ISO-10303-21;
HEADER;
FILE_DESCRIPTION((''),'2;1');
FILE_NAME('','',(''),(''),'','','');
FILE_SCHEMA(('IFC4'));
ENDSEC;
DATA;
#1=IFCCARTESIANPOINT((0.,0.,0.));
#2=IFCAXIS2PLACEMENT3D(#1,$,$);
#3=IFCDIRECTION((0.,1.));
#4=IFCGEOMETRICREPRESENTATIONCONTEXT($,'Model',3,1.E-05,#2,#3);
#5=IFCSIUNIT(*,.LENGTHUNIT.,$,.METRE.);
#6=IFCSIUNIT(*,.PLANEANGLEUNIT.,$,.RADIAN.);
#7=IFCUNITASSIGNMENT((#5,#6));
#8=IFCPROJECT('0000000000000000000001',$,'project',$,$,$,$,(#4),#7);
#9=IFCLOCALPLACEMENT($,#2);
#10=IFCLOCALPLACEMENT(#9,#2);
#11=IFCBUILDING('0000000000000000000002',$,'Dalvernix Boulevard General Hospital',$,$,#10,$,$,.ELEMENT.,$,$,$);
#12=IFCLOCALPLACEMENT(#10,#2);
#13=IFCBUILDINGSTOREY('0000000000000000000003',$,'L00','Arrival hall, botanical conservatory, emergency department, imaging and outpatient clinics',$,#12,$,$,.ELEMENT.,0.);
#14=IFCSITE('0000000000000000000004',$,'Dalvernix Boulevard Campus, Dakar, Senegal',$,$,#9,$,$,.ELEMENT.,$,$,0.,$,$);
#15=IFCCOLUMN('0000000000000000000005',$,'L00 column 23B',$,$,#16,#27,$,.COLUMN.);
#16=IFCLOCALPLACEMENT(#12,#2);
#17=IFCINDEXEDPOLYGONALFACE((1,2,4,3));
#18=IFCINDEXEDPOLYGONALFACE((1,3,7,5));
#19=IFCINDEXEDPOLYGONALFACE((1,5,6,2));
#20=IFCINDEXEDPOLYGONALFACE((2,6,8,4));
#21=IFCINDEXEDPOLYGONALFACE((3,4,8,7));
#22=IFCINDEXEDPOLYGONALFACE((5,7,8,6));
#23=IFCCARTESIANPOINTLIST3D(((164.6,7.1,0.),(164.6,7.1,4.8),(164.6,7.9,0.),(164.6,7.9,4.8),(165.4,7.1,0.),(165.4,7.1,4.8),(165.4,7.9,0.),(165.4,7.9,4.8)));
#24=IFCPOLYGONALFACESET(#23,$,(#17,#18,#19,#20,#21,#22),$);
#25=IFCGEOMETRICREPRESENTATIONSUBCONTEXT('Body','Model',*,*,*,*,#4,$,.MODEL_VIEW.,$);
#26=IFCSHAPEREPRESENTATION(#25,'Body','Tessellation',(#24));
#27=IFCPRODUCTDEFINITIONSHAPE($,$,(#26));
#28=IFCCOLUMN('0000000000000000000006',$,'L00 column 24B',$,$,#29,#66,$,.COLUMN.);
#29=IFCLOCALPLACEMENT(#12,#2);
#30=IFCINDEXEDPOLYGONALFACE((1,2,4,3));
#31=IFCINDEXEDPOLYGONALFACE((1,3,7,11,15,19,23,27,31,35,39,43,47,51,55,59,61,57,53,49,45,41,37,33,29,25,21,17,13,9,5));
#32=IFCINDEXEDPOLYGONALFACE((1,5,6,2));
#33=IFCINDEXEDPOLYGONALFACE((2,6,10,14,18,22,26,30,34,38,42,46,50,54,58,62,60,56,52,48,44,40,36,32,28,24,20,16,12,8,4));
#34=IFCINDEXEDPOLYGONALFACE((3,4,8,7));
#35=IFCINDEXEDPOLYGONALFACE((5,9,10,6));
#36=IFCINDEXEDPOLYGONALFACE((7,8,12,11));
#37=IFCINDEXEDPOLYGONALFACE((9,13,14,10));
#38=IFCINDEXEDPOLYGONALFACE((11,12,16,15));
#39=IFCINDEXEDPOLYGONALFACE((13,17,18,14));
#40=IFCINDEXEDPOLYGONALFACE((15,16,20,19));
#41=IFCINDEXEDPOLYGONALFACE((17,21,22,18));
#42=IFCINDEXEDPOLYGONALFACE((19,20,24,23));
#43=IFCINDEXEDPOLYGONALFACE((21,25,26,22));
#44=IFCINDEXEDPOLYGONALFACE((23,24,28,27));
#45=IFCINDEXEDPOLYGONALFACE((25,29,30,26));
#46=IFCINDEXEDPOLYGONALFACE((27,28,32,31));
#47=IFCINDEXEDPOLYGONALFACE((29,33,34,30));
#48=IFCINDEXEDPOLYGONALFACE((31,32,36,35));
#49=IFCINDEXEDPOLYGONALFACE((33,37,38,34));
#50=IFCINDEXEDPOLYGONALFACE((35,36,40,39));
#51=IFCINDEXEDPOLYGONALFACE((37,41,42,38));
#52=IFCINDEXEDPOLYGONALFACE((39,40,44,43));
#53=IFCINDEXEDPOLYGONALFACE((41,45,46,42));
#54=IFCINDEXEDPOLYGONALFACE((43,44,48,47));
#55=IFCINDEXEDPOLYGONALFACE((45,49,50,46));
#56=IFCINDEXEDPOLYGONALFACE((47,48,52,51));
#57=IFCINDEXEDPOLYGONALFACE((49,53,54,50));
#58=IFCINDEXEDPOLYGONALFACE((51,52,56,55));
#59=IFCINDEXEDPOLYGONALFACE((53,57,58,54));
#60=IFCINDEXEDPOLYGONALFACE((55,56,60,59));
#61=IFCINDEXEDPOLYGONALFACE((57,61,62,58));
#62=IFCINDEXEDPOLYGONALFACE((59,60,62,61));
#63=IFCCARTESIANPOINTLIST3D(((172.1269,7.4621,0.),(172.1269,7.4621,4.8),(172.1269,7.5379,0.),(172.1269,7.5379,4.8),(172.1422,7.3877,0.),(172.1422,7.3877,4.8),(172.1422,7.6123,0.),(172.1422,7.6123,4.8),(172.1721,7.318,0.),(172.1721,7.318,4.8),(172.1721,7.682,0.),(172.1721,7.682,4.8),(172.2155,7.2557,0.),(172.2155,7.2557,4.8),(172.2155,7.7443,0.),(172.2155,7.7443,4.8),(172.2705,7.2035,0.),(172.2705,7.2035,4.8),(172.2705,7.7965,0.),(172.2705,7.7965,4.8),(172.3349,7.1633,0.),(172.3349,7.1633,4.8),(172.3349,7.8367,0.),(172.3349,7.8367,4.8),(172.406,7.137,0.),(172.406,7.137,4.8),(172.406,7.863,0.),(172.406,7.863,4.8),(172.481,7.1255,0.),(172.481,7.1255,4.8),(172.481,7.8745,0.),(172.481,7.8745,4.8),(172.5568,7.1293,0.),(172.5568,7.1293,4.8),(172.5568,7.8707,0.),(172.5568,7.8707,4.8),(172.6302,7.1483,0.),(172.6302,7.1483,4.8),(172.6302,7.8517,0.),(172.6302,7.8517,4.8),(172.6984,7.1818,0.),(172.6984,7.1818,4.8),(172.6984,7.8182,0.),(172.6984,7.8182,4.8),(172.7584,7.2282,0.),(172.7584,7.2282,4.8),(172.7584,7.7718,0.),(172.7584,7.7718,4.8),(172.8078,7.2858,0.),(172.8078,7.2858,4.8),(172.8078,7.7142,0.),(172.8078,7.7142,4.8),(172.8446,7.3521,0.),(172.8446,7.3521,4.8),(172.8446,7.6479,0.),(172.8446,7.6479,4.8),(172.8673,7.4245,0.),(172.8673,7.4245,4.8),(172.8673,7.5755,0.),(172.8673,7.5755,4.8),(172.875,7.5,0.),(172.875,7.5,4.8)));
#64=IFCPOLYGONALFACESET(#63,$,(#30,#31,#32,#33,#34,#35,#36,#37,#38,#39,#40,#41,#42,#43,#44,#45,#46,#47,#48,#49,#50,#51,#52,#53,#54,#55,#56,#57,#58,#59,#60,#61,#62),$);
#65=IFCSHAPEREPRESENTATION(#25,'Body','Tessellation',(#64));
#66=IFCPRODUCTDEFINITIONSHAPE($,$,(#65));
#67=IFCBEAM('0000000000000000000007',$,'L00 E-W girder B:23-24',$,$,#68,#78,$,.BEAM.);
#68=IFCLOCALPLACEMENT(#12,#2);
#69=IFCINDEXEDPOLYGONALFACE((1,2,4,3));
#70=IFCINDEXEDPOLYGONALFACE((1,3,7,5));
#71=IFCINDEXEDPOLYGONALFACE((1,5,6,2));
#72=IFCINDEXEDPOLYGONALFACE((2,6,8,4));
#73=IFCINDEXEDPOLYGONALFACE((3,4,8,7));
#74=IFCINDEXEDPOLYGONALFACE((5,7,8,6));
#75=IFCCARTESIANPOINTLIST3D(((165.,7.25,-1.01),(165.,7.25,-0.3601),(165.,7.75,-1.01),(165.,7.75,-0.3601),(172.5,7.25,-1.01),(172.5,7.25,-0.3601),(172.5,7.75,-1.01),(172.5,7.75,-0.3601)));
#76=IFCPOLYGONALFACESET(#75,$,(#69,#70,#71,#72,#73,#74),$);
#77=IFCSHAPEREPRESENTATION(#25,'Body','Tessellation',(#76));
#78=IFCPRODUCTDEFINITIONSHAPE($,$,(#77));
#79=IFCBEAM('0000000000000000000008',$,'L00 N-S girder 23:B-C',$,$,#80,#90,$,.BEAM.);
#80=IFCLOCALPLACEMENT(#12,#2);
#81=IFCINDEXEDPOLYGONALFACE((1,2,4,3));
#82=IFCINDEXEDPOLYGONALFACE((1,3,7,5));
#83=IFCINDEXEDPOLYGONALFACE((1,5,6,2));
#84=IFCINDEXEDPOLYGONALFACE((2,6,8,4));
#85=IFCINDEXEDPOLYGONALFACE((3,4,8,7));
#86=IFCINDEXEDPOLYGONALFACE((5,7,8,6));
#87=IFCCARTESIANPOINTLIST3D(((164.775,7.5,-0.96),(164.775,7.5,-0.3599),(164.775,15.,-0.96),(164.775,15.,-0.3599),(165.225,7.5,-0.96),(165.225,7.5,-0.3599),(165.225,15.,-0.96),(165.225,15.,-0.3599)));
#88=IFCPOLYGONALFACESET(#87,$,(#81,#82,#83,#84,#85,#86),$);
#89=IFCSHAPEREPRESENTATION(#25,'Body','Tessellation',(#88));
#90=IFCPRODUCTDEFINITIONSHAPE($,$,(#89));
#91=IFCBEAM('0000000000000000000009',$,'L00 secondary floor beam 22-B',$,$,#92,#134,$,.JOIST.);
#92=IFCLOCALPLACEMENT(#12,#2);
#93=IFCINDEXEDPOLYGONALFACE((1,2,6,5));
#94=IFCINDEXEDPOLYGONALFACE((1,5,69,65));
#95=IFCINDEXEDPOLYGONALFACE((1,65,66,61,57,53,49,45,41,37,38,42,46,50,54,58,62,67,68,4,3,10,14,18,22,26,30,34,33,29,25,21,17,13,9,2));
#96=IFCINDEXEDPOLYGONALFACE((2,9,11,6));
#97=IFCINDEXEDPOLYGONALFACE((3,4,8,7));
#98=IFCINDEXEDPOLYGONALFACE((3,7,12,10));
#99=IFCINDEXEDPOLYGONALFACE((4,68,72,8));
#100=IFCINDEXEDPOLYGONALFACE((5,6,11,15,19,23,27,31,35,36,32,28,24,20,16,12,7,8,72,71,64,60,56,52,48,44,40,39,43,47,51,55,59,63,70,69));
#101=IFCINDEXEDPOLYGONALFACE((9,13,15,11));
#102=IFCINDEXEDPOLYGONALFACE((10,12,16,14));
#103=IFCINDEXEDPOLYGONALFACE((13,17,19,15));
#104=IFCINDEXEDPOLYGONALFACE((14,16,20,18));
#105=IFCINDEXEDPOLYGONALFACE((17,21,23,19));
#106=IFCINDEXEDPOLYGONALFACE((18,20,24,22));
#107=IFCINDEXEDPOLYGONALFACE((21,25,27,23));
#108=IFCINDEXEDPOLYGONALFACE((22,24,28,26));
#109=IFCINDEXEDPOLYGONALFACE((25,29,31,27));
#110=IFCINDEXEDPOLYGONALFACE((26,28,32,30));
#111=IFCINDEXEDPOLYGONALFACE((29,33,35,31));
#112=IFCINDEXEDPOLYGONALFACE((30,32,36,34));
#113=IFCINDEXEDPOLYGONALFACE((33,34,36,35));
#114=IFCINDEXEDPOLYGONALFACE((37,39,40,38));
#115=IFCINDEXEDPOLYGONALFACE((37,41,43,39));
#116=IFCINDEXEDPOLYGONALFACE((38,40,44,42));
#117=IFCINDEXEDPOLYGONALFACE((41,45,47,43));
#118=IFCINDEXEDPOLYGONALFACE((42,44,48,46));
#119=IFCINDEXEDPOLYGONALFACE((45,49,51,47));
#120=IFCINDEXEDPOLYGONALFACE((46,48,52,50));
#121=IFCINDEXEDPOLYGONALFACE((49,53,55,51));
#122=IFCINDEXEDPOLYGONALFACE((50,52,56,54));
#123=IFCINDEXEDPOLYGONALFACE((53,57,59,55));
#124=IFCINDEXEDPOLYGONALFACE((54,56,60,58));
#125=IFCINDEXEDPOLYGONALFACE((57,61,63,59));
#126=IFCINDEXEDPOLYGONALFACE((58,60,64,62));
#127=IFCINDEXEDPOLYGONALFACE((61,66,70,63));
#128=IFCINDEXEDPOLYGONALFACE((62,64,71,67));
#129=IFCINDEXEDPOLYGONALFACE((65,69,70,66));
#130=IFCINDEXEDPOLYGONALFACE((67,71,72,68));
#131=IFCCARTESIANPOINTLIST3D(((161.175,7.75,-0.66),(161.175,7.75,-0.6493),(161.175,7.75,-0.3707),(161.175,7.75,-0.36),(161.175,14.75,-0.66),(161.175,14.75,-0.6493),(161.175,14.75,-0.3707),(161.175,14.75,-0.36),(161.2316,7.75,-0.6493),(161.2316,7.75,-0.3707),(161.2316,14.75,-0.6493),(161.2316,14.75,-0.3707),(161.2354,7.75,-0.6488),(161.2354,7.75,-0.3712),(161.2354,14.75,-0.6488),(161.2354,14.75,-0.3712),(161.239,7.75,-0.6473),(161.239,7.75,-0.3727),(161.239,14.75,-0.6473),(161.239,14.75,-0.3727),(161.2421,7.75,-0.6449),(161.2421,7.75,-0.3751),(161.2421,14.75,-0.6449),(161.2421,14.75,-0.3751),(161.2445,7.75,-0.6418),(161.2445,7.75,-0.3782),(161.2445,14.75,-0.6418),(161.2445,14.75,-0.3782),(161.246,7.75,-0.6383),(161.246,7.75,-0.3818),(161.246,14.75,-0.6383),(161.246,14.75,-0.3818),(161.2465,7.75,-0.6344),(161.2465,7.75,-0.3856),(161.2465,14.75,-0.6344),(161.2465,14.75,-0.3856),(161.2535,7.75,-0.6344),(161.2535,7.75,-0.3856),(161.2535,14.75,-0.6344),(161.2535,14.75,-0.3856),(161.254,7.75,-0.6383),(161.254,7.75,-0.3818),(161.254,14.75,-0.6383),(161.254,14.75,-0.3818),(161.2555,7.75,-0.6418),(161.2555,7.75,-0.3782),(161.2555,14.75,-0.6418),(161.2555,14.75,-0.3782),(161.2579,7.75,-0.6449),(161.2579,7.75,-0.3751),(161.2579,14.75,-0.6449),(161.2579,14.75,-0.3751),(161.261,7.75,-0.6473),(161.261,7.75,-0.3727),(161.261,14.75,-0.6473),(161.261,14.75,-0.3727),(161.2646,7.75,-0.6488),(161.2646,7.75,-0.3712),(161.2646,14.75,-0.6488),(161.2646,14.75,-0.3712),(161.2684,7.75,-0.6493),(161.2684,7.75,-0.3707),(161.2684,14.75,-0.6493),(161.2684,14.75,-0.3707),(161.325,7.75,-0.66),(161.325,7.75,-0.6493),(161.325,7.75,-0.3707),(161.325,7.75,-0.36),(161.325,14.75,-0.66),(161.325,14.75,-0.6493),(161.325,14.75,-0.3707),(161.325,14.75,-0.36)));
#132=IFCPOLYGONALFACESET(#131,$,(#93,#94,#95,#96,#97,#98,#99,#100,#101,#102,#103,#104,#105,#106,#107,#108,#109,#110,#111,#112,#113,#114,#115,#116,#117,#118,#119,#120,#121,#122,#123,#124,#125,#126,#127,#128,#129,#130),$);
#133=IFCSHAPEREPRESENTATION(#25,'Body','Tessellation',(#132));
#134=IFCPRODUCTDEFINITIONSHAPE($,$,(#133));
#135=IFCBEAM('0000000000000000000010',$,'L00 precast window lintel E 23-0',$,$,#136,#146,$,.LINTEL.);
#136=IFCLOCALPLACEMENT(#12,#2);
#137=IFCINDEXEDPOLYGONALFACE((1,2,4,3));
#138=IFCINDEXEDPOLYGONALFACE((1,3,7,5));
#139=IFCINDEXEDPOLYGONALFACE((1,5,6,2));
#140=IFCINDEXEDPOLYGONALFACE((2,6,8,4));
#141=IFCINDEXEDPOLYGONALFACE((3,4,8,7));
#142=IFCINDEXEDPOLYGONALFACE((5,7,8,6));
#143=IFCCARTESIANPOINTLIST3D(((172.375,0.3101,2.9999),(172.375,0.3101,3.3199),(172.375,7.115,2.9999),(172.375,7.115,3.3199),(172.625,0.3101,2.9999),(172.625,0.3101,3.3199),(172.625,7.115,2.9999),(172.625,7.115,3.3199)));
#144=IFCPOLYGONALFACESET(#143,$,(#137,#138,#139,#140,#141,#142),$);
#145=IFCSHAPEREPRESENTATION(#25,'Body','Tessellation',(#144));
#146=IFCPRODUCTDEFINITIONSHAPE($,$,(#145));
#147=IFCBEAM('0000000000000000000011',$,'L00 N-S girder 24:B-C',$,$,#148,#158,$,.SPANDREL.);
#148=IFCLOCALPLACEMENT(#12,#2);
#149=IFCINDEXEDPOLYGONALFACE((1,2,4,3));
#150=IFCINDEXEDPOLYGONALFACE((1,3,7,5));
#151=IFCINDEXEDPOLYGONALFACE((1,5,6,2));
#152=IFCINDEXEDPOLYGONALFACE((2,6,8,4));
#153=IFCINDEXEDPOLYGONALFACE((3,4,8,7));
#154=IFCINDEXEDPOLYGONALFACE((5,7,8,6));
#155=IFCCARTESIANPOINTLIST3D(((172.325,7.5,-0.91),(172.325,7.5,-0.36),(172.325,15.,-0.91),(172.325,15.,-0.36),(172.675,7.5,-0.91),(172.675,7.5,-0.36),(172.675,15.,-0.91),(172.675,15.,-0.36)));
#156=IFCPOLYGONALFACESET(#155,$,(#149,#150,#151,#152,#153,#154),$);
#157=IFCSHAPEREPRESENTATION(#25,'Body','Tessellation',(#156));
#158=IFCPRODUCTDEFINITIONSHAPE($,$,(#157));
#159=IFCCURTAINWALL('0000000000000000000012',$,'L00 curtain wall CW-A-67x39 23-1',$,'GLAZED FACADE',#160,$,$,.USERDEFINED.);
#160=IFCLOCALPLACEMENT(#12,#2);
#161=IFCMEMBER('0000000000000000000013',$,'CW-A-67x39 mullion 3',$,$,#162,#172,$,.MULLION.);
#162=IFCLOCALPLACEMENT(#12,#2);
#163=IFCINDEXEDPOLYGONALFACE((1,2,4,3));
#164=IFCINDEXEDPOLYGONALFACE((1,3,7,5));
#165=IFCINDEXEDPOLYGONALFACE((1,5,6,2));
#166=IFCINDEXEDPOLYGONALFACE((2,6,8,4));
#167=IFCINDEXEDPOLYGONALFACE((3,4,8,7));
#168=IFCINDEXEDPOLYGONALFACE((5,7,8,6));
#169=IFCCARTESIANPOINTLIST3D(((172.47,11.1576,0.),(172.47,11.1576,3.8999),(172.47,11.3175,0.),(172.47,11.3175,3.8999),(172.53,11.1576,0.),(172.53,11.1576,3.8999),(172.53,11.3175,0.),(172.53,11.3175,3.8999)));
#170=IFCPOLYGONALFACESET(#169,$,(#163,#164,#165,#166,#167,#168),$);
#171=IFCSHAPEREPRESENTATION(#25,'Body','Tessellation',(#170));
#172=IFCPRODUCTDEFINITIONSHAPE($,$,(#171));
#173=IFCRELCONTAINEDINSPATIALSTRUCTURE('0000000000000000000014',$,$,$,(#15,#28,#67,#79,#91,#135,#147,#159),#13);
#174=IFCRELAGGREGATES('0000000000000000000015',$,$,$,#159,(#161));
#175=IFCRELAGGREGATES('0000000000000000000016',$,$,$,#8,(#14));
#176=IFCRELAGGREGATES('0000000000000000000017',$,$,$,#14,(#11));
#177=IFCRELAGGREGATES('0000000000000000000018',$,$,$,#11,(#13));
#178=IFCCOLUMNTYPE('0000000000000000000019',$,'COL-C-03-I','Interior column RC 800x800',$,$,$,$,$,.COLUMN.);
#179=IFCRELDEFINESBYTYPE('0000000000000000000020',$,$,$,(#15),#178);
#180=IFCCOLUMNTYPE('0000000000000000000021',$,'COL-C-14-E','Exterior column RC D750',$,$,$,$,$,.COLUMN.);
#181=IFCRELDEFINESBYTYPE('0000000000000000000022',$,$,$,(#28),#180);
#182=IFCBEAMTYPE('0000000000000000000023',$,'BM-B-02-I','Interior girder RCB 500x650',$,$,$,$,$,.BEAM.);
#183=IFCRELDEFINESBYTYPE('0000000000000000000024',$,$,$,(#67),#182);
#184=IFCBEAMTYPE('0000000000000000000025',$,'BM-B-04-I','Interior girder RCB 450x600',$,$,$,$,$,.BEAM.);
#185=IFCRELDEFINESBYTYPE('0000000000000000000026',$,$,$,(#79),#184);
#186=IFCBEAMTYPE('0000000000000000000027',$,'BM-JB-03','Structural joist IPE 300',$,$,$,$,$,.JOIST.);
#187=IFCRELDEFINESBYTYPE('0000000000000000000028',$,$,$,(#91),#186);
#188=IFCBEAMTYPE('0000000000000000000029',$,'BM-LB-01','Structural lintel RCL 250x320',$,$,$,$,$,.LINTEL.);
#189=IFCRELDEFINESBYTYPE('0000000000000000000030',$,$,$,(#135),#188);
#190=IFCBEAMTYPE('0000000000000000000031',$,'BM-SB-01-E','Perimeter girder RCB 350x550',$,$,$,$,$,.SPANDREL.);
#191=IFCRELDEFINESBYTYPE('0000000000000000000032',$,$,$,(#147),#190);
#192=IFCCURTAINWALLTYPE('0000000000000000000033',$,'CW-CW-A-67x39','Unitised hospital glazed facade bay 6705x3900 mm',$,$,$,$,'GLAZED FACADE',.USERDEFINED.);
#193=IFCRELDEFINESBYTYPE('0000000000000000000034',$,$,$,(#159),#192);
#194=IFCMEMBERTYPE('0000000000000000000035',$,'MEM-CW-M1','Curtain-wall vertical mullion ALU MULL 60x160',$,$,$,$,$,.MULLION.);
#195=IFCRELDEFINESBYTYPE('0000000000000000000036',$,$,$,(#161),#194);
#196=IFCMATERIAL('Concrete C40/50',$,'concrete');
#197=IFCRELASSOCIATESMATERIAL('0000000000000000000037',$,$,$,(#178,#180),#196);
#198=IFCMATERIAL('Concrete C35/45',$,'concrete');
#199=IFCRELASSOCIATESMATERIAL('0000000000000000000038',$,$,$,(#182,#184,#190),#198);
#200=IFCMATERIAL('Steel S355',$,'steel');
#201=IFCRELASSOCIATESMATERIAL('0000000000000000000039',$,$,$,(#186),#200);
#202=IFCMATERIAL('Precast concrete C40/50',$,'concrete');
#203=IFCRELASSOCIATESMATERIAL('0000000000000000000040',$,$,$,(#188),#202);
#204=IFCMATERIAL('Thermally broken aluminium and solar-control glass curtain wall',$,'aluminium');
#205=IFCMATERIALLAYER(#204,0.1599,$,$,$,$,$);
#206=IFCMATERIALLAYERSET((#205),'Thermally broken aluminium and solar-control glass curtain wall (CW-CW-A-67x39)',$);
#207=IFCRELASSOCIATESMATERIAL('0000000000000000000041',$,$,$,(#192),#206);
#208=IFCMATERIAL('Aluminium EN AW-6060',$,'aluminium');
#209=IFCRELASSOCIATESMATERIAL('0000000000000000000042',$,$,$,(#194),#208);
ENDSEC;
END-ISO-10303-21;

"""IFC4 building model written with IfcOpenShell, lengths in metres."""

from ifc_helpers import new_model, si_unit, direction, frame, origin, origin_2d, place, context, subcontext, project, spatial, rectangle, circle, i_section, extrude, material, layer, layer_set, material_profile, profile_set, type_object, element, aggregate, save


model = new_model("IFC4")

# Units and contexts
model_context = context("Model", 3, precision=1e-05, world=origin(), true_north=direction((0.0, 1.0)))
body_context = subcontext(model_context, "Body", "Model", "MODEL_VIEW")
ifc_project = project(units=[si_unit("LENGTHUNIT", "METRE"), si_unit("PLANEANGLEUNIT", "RADIAN")], contexts=[model_context])

# Site, building, storey
site_placement = place(None, origin())
site = spatial("IfcSite", under=ifc_project, at=site_placement, Name="Dalvernix Boulevard Campus, Dakar, Senegal", CompositionType="ELEMENT", RefElevation=0.0)
building_placement = place(site_placement, origin())
building = spatial("IfcBuilding", under=site, at=building_placement, Name="Dalvernix Boulevard General Hospital", CompositionType="ELEMENT")
storey_placement = place(building_placement, origin())
storey = spatial("IfcBuildingStorey", under=building, at=storey_placement, Name="L00", Description="Arrival hall, botanical conservatory, emergency department, imaging and outpatient clinics", CompositionType="ELEMENT", Elevation=0.0)

# Columns
ifc_material_1 = material(Name="Concrete C40/50", Category="concrete")
ifc_material_profile_1 = material_profile(ifc_material_1, rectangle(XDim=0.8, YDim=0.8, at=origin_2d()), Name="RC 800x800")
ifc_profile_set_1 = profile_set([ifc_material_profile_1], Name="Concrete C40/50")
column_type_1 = type_object("IfcColumnType", Name="COL-C-03-I", Description="Interior column RC 800x800", PredefinedType="COLUMN", material=ifc_profile_set_1)
column_1_placement = place(storey_placement, frame((165.0, 7.5, 0.0), z_axis=(0.0, 0.0, 1.0), x_axis=(1.0, 0.0, 0.0)))
element("IfcColumn", 1, at=column_1_placement, inside=storey, type_object=column_type_1, Name="L00 column 23B", PredefinedType="COLUMN", context=body_context, shape_type="SweptSolid", body=[
    extrude(rectangle(XDim=0.8, YDim=0.8, at=origin_2d()), origin(), (0.0, 0.0, 1.0), 4.8),
])
ifc_material_profile_2 = material_profile(ifc_material_1, circle(Radius=0.375, at=origin_2d()), Name="RC D750")
ifc_profile_set_2 = profile_set([ifc_material_profile_2], Name="Concrete C40/50")
column_type_2 = type_object("IfcColumnType", Name="COL-C-14-E", Description="Exterior column RC D750", PredefinedType="COLUMN", material=ifc_profile_set_2)
column_2_placement = place(storey_placement, frame((172.5, 7.5, 0.0), z_axis=(0.0, 0.0, 1.0), x_axis=(1.0, 0.0, 0.0)))
element("IfcColumn", 2, at=column_2_placement, inside=storey, type_object=column_type_2, Name="L00 column 24B", PredefinedType="COLUMN", context=body_context, shape_type="SweptSolid", body=[
    extrude(circle(Radius=0.375, at=origin_2d()), origin(), (0.0, 0.0, 1.0), 4.8),
])

# Beams
ifc_material_2 = material(Name="Concrete C35/45", Category="concrete")
ifc_material_profile_3 = material_profile(ifc_material_2, rectangle(XDim=0.5, YDim=0.6499, at=origin_2d()), Name="RCB 500x650")
ifc_profile_set_3 = profile_set([ifc_material_profile_3], Name="Concrete C35/45")
beam_type_1 = type_object("IfcBeamType", Name="BM-B-02-I", Description="Interior girder RCB 500x650", PredefinedType="BEAM", material=ifc_profile_set_3)
beam_1_placement = place(storey_placement, frame((165.0, 7.5, -0.6851), z_axis=(1.0, 0.0, 0.0), x_axis=(0.0, 1.0, 0.0)))
element("IfcBeam", 3, at=beam_1_placement, inside=storey, type_object=beam_type_1, Name="L00 E-W girder B:23-24", PredefinedType="BEAM", context=body_context, shape_type="SweptSolid", body=[
    extrude(rectangle(XDim=0.5, YDim=0.6499, at=origin_2d()), origin(), (0.0, 0.0, 1.0), 7.5),
])
ifc_material_profile_4 = material_profile(ifc_material_2, rectangle(XDim=0.45, YDim=0.6001, at=origin_2d()), Name="RCB 450x600")
ifc_profile_set_4 = profile_set([ifc_material_profile_4], Name="Concrete C35/45")
beam_type_2 = type_object("IfcBeamType", Name="BM-B-04-I", Description="Interior girder RCB 450x600", PredefinedType="BEAM", material=ifc_profile_set_4)
beam_2_placement = place(storey_placement, frame((165.0, 7.5, -0.6599), z_axis=(0.0, 1.0, 0.0), x_axis=(-1.0, 0.0, 0.0)))
element("IfcBeam", 4, at=beam_2_placement, inside=storey, type_object=beam_type_2, Name="L00 N-S girder 23:B-C", PredefinedType="BEAM", context=body_context, shape_type="SweptSolid", body=[
    extrude(rectangle(XDim=0.45, YDim=0.6001, at=origin_2d()), origin(), (0.0, 0.0, 1.0), 7.5),
])
ifc_material_3 = material(Name="Steel S355", Category="steel")
ifc_material_profile_5 = material_profile(ifc_material_3, i_section(OverallWidth=0.1499, OverallDepth=0.3, WebThickness=0.0071, FlangeThickness=0.0107, FilletRadius=0.0149, at=origin_2d()), Name="IPE 300")
ifc_profile_set_5 = profile_set([ifc_material_profile_5], Name="Steel S355")
beam_type_3 = type_object("IfcBeamType", Name="BM-JB-03", Description="Structural joist IPE 300", PredefinedType="JOIST", material=ifc_profile_set_5)
beam_3_placement = place(storey_placement, frame((161.25, 7.75, -0.51), z_axis=(0.0, 1.0, 0.0), x_axis=(-1.0, 0.0, 0.0)))
element("IfcBeam", 5, at=beam_3_placement, inside=storey, type_object=beam_type_3, Name="L00 secondary floor beam 22-B", PredefinedType="JOIST", context=body_context, shape_type="SweptSolid", body=[
    extrude(i_section(OverallWidth=0.1499, OverallDepth=0.3, WebThickness=0.0071, FlangeThickness=0.0107, FilletRadius=0.0149, at=origin_2d()), origin(), (0.0, 0.0, 1.0), 7.0),
])
ifc_material_4 = material(Name="Precast concrete C40/50", Category="concrete")
ifc_material_profile_6 = material_profile(ifc_material_4, rectangle(XDim=0.25, YDim=0.3201, at=origin_2d()), Name="RCL 250x320")
ifc_profile_set_6 = profile_set([ifc_material_profile_6], Name="Precast concrete C40/50")
beam_type_4 = type_object("IfcBeamType", Name="BM-LB-01", Description="Structural lintel RCL 250x320", PredefinedType="LINTEL", material=ifc_profile_set_6)
beam_4_placement = place(storey_placement, frame((172.5, 7.115, 3.1599), z_axis=(0.0, -1.0, 0.0), x_axis=(1.0, 0.0, 0.0)))
element("IfcBeam", 6, at=beam_4_placement, inside=storey, type_object=beam_type_4, Name="L00 precast window lintel E 23-0", PredefinedType="LINTEL", context=body_context, shape_type="SweptSolid", body=[
    extrude(rectangle(XDim=0.25, YDim=0.3201, at=origin_2d()), origin(), (0.0, 0.0, 1.0), 6.8049),
])
ifc_material_profile_7 = material_profile(ifc_material_2, rectangle(XDim=0.3501, YDim=0.55, at=origin_2d()), Name="RCB 350x550")
ifc_profile_set_7 = profile_set([ifc_material_profile_7], Name="Concrete C35/45")
beam_type_5 = type_object("IfcBeamType", Name="BM-SB-01-E", Description="Perimeter girder RCB 350x550", PredefinedType="SPANDREL", material=ifc_profile_set_7)
beam_5_placement = place(storey_placement, frame((172.5, 7.5, -0.635), z_axis=(0.0, 1.0, 0.0), x_axis=(-1.0, 0.0, 0.0)))
element("IfcBeam", 7, at=beam_5_placement, inside=storey, type_object=beam_type_5, Name="L00 N-S girder 24:B-C", PredefinedType="SPANDREL", context=body_context, shape_type="SweptSolid", body=[
    extrude(rectangle(XDim=0.3501, YDim=0.55, at=origin_2d()), origin(), (0.0, 0.0, 1.0), 7.5),
])

# Curtain wall, member
ifc_material_5 = material(Name="Thermally broken aluminium and solar-control glass curtain wall", Category="aluminium")
ifc_layer_1 = layer(ifc_material_5, 0.1599)
ifc_layer_set_1 = layer_set([ifc_layer_1], Name="Thermally broken aluminium and solar-control glass curtain wall (CW-CW-A-67x39)")
curtain_wall_type = type_object("IfcCurtainWallType", Name="CW-CW-A-67x39", Description="Unitised hospital glazed facade bay 6705x3900 mm", ElementType="GLAZED FACADE", PredefinedType="USERDEFINED", material=ifc_layer_set_1)
curtain_wall_placement = place(storey_placement, origin())
curtain_wall = element("IfcCurtainWall", 8, at=curtain_wall_placement, inside=storey, type_object=curtain_wall_type, Name="L00 curtain wall CW-A-67x39 23-1", ObjectType="GLAZED FACADE", PredefinedType="USERDEFINED")
ifc_material_6 = material(Name="Aluminium EN AW-6060", Category="aluminium")
ifc_material_profile_8 = material_profile(ifc_material_6, rectangle(XDim=0.0601, YDim=0.1599, at=origin_2d()), Name="ALU MULL 60x160")
ifc_profile_set_8 = profile_set([ifc_material_profile_8], Name="Aluminium EN AW-6060")
member_type_1 = type_object("IfcMemberType", Name="MEM-CW-M1", Description="Curtain-wall vertical mullion ALU MULL 60x160", PredefinedType="MULLION", material=ifc_profile_set_8)
member_1_placement = place(storey_placement, frame((172.5, 11.2375, 0.0), z_axis=(0.0, 0.0, 1.0), x_axis=(1.0, 0.0, 0.0)))
member_1 = element("IfcMember", 9, at=member_1_placement, type_object=member_type_1, Name="CW-A-67x39 mullion 3", PredefinedType="MULLION", context=body_context, shape_type="SweptSolid", body=[
    extrude(rectangle(XDim=0.0601, YDim=0.1599, at=origin_2d()), origin(), (0.0, 0.0, 1.0), 3.8999),
])
aggregate(curtain_wall, [member_1])

save(model, "model.ifc")
